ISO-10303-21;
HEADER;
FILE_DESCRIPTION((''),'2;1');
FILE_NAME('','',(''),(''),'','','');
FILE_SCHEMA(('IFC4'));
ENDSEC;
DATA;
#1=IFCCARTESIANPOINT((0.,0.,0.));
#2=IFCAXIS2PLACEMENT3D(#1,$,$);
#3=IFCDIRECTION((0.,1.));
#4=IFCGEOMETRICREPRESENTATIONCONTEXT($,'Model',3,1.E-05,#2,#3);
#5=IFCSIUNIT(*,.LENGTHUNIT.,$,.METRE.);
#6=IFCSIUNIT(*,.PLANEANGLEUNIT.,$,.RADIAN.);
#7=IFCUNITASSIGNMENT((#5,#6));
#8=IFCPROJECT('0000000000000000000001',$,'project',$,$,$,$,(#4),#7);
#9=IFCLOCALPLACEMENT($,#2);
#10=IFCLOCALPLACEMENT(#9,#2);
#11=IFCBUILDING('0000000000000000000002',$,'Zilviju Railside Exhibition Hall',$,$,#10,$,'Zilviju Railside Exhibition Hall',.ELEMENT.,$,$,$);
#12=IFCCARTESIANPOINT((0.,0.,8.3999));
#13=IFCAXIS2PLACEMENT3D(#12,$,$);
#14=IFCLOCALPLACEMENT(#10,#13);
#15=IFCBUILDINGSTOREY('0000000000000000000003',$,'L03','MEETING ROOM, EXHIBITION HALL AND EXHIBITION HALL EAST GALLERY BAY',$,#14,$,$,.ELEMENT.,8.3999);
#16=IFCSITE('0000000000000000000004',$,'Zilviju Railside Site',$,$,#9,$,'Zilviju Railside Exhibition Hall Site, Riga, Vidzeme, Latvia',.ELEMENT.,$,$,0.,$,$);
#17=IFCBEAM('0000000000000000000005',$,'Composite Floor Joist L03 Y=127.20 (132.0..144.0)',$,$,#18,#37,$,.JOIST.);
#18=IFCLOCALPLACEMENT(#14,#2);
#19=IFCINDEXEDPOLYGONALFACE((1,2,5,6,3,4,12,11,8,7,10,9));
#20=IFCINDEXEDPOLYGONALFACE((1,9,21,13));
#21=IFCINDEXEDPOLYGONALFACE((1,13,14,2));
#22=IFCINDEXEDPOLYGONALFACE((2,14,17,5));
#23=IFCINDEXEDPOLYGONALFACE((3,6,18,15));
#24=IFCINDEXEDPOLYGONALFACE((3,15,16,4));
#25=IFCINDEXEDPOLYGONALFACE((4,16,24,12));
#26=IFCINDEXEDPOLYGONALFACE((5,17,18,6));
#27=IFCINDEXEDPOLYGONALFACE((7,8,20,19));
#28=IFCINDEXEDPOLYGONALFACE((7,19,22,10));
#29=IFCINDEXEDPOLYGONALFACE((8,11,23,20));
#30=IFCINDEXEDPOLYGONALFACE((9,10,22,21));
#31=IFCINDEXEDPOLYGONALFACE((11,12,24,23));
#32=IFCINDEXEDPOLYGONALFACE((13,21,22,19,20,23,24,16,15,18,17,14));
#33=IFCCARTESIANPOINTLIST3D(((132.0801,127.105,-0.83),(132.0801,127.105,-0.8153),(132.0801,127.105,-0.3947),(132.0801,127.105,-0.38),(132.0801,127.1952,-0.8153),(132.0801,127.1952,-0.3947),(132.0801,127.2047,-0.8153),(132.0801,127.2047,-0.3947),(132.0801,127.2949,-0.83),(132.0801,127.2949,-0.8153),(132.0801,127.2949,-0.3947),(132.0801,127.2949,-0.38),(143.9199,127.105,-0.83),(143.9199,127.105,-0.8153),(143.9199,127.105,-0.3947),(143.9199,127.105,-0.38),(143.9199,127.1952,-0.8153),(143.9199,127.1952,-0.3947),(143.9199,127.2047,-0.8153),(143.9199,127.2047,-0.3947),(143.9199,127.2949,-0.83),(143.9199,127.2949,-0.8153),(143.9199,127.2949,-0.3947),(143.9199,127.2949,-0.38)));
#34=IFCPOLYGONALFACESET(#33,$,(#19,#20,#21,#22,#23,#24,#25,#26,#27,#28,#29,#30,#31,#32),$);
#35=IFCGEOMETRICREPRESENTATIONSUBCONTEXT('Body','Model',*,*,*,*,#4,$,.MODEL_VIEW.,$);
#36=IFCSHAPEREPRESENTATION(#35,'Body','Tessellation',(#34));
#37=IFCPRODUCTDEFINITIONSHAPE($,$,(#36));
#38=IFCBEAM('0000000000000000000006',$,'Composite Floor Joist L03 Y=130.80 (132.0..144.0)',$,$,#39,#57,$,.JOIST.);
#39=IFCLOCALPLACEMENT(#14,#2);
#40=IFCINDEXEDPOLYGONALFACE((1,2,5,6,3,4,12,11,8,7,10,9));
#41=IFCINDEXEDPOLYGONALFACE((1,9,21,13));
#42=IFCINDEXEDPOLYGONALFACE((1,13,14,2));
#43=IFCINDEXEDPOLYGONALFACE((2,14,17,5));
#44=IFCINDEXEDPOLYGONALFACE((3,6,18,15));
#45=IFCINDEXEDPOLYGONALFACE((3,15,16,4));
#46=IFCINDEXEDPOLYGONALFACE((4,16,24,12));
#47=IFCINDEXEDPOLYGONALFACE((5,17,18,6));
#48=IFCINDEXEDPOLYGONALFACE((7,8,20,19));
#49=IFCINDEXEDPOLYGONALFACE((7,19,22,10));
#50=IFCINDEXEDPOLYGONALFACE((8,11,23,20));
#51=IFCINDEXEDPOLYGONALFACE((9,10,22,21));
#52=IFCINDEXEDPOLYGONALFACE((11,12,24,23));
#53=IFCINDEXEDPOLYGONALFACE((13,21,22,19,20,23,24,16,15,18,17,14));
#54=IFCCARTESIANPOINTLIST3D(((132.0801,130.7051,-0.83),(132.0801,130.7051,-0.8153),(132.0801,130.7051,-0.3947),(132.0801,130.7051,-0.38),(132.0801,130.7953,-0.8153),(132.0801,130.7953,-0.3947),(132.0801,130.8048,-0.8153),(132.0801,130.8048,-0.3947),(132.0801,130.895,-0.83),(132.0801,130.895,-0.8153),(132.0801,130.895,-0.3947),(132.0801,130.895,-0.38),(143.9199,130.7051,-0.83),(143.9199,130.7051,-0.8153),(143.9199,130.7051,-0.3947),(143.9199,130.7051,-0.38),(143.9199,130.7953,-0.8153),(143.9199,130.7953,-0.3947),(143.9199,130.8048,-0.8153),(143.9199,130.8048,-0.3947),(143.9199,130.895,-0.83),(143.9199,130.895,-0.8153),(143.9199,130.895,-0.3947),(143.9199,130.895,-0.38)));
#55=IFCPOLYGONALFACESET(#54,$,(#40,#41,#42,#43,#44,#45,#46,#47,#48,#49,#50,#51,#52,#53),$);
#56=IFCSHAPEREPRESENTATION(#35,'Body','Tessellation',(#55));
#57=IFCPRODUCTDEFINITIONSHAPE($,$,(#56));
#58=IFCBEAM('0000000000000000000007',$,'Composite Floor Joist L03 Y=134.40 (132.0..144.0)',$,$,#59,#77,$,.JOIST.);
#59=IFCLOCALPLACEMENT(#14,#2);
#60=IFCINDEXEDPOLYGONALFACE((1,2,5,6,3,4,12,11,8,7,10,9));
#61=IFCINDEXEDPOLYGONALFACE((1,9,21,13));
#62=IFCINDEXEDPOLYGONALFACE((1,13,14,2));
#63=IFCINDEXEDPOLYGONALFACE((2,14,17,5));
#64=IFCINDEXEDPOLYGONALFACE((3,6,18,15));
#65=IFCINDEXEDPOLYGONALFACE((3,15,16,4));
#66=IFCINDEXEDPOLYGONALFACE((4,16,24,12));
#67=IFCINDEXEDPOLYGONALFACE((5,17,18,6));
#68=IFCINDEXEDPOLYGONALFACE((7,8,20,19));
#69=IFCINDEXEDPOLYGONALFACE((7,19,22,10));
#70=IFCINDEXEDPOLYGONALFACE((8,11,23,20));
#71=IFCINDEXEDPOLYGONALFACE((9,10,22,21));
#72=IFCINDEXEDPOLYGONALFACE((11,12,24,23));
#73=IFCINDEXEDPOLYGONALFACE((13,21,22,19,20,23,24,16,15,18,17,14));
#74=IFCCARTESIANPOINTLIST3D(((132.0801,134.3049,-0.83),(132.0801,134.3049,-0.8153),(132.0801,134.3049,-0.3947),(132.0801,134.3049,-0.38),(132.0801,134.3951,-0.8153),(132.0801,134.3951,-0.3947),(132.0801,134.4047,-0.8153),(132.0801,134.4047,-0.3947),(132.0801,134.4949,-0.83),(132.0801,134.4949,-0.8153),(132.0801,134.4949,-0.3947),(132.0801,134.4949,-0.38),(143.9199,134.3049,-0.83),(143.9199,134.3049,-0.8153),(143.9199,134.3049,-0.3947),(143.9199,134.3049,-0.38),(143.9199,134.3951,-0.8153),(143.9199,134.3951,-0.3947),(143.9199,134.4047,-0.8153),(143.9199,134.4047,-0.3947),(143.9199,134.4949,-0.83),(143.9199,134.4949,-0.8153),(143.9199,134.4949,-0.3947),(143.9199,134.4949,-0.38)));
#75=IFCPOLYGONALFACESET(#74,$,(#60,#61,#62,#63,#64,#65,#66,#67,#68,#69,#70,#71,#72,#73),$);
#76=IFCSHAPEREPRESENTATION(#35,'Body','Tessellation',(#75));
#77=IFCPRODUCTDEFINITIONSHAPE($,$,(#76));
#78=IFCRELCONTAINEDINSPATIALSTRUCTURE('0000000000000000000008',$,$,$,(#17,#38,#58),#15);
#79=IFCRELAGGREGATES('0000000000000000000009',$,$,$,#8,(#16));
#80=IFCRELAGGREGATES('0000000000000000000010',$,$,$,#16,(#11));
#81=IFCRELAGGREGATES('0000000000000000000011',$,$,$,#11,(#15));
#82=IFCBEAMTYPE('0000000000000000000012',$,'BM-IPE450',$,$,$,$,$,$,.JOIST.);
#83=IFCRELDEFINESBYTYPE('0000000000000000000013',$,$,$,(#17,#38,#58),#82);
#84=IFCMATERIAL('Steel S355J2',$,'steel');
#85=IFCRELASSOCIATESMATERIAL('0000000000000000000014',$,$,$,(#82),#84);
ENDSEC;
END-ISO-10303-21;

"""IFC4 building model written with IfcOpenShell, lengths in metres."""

from ifc_helpers import new_model, si_unit, direction, frame, origin, origin_2d, place, context, subcontext, project, spatial, i_section, extrude, material, material_profile, profile_set, type_object, element, save


model = new_model("IFC4")

# Units and contexts
model_context = context("Model", 3, precision=1e-05, world=origin(), true_north=direction((0.0, 1.0)))
body_context = subcontext(model_context, "Body", "Model", "MODEL_VIEW")
ifc_project = project(units=[si_unit("LENGTHUNIT", "METRE"), si_unit("PLANEANGLEUNIT", "RADIAN")], contexts=[model_context])

# Site, building, storey
site_placement = place(None, origin())
site = spatial("IfcSite", under=ifc_project, at=site_placement, Name="Zilviju Railside Site", LongName="Zilviju Railside Exhibition Hall Site, Riga, Vidzeme, Latvia", CompositionType="ELEMENT", RefElevation=0.0)
building_placement = place(site_placement, origin())
building = spatial("IfcBuilding", under=site, at=building_placement, Name="Zilviju Railside Exhibition Hall", LongName="Zilviju Railside Exhibition Hall", CompositionType="ELEMENT")
storey_placement = place(building_placement, frame((0.0, 0.0, 8.3999)))
storey = spatial("IfcBuildingStorey", under=building, at=storey_placement, Name="L03", Description="MEETING ROOM, EXHIBITION HALL AND EXHIBITION HALL EAST GALLERY BAY", CompositionType="ELEMENT", Elevation=8.3999)

# Beams
ifc_material = material(Name="Steel S355J2", Category="steel")
ifc_material_profile_1 = material_profile(ifc_material, i_section(OverallWidth=0.1899, OverallDepth=0.45, WebThickness=0.0095, FlangeThickness=0.0146, at=origin_2d()), Name="IPE 450")
ifc_profile_set_1 = profile_set([ifc_material_profile_1], Name="Steel S355J2")
beam_type_1 = type_object("IfcBeamType", Name="BM-IPE450", PredefinedType="JOIST", material=ifc_profile_set_1)
for number, where, z_axis, x_axis, name in (
    (1, (132.0801, 127.2, -0.605), (1.0, 0.0, 0.0), (0.0, 1.0, 0.0), "Composite Floor Joist L03 Y=127.20 (132.0..144.0)"),
    (2, (132.0801, 130.8, -0.605), (1.0, 0.0, 0.0), (0.0, 1.0, 0.0), "Composite Floor Joist L03 Y=130.80 (132.0..144.0)"),
    (3, (132.0801, 134.3999, -0.605), (1.0, 0.0, 0.0), (0.0, 1.0, 0.0), "Composite Floor Joist L03 Y=134.40 (132.0..144.0)"),
):
    element("IfcBeam", number, at=place(storey_placement, frame(where, z_axis=z_axis, x_axis=x_axis)), inside=storey, type_object=beam_type_1, Name=name, PredefinedType="JOIST", context=body_context, shape_type="SweptSolid", body=[
        extrude(i_section(OverallWidth=0.1899, OverallDepth=0.45, WebThickness=0.0095, FlangeThickness=0.0146, at=origin_2d()), origin(), (0.0, 0.0, 1.0), 11.8398),
    ])

save(model, "model.ifc")
